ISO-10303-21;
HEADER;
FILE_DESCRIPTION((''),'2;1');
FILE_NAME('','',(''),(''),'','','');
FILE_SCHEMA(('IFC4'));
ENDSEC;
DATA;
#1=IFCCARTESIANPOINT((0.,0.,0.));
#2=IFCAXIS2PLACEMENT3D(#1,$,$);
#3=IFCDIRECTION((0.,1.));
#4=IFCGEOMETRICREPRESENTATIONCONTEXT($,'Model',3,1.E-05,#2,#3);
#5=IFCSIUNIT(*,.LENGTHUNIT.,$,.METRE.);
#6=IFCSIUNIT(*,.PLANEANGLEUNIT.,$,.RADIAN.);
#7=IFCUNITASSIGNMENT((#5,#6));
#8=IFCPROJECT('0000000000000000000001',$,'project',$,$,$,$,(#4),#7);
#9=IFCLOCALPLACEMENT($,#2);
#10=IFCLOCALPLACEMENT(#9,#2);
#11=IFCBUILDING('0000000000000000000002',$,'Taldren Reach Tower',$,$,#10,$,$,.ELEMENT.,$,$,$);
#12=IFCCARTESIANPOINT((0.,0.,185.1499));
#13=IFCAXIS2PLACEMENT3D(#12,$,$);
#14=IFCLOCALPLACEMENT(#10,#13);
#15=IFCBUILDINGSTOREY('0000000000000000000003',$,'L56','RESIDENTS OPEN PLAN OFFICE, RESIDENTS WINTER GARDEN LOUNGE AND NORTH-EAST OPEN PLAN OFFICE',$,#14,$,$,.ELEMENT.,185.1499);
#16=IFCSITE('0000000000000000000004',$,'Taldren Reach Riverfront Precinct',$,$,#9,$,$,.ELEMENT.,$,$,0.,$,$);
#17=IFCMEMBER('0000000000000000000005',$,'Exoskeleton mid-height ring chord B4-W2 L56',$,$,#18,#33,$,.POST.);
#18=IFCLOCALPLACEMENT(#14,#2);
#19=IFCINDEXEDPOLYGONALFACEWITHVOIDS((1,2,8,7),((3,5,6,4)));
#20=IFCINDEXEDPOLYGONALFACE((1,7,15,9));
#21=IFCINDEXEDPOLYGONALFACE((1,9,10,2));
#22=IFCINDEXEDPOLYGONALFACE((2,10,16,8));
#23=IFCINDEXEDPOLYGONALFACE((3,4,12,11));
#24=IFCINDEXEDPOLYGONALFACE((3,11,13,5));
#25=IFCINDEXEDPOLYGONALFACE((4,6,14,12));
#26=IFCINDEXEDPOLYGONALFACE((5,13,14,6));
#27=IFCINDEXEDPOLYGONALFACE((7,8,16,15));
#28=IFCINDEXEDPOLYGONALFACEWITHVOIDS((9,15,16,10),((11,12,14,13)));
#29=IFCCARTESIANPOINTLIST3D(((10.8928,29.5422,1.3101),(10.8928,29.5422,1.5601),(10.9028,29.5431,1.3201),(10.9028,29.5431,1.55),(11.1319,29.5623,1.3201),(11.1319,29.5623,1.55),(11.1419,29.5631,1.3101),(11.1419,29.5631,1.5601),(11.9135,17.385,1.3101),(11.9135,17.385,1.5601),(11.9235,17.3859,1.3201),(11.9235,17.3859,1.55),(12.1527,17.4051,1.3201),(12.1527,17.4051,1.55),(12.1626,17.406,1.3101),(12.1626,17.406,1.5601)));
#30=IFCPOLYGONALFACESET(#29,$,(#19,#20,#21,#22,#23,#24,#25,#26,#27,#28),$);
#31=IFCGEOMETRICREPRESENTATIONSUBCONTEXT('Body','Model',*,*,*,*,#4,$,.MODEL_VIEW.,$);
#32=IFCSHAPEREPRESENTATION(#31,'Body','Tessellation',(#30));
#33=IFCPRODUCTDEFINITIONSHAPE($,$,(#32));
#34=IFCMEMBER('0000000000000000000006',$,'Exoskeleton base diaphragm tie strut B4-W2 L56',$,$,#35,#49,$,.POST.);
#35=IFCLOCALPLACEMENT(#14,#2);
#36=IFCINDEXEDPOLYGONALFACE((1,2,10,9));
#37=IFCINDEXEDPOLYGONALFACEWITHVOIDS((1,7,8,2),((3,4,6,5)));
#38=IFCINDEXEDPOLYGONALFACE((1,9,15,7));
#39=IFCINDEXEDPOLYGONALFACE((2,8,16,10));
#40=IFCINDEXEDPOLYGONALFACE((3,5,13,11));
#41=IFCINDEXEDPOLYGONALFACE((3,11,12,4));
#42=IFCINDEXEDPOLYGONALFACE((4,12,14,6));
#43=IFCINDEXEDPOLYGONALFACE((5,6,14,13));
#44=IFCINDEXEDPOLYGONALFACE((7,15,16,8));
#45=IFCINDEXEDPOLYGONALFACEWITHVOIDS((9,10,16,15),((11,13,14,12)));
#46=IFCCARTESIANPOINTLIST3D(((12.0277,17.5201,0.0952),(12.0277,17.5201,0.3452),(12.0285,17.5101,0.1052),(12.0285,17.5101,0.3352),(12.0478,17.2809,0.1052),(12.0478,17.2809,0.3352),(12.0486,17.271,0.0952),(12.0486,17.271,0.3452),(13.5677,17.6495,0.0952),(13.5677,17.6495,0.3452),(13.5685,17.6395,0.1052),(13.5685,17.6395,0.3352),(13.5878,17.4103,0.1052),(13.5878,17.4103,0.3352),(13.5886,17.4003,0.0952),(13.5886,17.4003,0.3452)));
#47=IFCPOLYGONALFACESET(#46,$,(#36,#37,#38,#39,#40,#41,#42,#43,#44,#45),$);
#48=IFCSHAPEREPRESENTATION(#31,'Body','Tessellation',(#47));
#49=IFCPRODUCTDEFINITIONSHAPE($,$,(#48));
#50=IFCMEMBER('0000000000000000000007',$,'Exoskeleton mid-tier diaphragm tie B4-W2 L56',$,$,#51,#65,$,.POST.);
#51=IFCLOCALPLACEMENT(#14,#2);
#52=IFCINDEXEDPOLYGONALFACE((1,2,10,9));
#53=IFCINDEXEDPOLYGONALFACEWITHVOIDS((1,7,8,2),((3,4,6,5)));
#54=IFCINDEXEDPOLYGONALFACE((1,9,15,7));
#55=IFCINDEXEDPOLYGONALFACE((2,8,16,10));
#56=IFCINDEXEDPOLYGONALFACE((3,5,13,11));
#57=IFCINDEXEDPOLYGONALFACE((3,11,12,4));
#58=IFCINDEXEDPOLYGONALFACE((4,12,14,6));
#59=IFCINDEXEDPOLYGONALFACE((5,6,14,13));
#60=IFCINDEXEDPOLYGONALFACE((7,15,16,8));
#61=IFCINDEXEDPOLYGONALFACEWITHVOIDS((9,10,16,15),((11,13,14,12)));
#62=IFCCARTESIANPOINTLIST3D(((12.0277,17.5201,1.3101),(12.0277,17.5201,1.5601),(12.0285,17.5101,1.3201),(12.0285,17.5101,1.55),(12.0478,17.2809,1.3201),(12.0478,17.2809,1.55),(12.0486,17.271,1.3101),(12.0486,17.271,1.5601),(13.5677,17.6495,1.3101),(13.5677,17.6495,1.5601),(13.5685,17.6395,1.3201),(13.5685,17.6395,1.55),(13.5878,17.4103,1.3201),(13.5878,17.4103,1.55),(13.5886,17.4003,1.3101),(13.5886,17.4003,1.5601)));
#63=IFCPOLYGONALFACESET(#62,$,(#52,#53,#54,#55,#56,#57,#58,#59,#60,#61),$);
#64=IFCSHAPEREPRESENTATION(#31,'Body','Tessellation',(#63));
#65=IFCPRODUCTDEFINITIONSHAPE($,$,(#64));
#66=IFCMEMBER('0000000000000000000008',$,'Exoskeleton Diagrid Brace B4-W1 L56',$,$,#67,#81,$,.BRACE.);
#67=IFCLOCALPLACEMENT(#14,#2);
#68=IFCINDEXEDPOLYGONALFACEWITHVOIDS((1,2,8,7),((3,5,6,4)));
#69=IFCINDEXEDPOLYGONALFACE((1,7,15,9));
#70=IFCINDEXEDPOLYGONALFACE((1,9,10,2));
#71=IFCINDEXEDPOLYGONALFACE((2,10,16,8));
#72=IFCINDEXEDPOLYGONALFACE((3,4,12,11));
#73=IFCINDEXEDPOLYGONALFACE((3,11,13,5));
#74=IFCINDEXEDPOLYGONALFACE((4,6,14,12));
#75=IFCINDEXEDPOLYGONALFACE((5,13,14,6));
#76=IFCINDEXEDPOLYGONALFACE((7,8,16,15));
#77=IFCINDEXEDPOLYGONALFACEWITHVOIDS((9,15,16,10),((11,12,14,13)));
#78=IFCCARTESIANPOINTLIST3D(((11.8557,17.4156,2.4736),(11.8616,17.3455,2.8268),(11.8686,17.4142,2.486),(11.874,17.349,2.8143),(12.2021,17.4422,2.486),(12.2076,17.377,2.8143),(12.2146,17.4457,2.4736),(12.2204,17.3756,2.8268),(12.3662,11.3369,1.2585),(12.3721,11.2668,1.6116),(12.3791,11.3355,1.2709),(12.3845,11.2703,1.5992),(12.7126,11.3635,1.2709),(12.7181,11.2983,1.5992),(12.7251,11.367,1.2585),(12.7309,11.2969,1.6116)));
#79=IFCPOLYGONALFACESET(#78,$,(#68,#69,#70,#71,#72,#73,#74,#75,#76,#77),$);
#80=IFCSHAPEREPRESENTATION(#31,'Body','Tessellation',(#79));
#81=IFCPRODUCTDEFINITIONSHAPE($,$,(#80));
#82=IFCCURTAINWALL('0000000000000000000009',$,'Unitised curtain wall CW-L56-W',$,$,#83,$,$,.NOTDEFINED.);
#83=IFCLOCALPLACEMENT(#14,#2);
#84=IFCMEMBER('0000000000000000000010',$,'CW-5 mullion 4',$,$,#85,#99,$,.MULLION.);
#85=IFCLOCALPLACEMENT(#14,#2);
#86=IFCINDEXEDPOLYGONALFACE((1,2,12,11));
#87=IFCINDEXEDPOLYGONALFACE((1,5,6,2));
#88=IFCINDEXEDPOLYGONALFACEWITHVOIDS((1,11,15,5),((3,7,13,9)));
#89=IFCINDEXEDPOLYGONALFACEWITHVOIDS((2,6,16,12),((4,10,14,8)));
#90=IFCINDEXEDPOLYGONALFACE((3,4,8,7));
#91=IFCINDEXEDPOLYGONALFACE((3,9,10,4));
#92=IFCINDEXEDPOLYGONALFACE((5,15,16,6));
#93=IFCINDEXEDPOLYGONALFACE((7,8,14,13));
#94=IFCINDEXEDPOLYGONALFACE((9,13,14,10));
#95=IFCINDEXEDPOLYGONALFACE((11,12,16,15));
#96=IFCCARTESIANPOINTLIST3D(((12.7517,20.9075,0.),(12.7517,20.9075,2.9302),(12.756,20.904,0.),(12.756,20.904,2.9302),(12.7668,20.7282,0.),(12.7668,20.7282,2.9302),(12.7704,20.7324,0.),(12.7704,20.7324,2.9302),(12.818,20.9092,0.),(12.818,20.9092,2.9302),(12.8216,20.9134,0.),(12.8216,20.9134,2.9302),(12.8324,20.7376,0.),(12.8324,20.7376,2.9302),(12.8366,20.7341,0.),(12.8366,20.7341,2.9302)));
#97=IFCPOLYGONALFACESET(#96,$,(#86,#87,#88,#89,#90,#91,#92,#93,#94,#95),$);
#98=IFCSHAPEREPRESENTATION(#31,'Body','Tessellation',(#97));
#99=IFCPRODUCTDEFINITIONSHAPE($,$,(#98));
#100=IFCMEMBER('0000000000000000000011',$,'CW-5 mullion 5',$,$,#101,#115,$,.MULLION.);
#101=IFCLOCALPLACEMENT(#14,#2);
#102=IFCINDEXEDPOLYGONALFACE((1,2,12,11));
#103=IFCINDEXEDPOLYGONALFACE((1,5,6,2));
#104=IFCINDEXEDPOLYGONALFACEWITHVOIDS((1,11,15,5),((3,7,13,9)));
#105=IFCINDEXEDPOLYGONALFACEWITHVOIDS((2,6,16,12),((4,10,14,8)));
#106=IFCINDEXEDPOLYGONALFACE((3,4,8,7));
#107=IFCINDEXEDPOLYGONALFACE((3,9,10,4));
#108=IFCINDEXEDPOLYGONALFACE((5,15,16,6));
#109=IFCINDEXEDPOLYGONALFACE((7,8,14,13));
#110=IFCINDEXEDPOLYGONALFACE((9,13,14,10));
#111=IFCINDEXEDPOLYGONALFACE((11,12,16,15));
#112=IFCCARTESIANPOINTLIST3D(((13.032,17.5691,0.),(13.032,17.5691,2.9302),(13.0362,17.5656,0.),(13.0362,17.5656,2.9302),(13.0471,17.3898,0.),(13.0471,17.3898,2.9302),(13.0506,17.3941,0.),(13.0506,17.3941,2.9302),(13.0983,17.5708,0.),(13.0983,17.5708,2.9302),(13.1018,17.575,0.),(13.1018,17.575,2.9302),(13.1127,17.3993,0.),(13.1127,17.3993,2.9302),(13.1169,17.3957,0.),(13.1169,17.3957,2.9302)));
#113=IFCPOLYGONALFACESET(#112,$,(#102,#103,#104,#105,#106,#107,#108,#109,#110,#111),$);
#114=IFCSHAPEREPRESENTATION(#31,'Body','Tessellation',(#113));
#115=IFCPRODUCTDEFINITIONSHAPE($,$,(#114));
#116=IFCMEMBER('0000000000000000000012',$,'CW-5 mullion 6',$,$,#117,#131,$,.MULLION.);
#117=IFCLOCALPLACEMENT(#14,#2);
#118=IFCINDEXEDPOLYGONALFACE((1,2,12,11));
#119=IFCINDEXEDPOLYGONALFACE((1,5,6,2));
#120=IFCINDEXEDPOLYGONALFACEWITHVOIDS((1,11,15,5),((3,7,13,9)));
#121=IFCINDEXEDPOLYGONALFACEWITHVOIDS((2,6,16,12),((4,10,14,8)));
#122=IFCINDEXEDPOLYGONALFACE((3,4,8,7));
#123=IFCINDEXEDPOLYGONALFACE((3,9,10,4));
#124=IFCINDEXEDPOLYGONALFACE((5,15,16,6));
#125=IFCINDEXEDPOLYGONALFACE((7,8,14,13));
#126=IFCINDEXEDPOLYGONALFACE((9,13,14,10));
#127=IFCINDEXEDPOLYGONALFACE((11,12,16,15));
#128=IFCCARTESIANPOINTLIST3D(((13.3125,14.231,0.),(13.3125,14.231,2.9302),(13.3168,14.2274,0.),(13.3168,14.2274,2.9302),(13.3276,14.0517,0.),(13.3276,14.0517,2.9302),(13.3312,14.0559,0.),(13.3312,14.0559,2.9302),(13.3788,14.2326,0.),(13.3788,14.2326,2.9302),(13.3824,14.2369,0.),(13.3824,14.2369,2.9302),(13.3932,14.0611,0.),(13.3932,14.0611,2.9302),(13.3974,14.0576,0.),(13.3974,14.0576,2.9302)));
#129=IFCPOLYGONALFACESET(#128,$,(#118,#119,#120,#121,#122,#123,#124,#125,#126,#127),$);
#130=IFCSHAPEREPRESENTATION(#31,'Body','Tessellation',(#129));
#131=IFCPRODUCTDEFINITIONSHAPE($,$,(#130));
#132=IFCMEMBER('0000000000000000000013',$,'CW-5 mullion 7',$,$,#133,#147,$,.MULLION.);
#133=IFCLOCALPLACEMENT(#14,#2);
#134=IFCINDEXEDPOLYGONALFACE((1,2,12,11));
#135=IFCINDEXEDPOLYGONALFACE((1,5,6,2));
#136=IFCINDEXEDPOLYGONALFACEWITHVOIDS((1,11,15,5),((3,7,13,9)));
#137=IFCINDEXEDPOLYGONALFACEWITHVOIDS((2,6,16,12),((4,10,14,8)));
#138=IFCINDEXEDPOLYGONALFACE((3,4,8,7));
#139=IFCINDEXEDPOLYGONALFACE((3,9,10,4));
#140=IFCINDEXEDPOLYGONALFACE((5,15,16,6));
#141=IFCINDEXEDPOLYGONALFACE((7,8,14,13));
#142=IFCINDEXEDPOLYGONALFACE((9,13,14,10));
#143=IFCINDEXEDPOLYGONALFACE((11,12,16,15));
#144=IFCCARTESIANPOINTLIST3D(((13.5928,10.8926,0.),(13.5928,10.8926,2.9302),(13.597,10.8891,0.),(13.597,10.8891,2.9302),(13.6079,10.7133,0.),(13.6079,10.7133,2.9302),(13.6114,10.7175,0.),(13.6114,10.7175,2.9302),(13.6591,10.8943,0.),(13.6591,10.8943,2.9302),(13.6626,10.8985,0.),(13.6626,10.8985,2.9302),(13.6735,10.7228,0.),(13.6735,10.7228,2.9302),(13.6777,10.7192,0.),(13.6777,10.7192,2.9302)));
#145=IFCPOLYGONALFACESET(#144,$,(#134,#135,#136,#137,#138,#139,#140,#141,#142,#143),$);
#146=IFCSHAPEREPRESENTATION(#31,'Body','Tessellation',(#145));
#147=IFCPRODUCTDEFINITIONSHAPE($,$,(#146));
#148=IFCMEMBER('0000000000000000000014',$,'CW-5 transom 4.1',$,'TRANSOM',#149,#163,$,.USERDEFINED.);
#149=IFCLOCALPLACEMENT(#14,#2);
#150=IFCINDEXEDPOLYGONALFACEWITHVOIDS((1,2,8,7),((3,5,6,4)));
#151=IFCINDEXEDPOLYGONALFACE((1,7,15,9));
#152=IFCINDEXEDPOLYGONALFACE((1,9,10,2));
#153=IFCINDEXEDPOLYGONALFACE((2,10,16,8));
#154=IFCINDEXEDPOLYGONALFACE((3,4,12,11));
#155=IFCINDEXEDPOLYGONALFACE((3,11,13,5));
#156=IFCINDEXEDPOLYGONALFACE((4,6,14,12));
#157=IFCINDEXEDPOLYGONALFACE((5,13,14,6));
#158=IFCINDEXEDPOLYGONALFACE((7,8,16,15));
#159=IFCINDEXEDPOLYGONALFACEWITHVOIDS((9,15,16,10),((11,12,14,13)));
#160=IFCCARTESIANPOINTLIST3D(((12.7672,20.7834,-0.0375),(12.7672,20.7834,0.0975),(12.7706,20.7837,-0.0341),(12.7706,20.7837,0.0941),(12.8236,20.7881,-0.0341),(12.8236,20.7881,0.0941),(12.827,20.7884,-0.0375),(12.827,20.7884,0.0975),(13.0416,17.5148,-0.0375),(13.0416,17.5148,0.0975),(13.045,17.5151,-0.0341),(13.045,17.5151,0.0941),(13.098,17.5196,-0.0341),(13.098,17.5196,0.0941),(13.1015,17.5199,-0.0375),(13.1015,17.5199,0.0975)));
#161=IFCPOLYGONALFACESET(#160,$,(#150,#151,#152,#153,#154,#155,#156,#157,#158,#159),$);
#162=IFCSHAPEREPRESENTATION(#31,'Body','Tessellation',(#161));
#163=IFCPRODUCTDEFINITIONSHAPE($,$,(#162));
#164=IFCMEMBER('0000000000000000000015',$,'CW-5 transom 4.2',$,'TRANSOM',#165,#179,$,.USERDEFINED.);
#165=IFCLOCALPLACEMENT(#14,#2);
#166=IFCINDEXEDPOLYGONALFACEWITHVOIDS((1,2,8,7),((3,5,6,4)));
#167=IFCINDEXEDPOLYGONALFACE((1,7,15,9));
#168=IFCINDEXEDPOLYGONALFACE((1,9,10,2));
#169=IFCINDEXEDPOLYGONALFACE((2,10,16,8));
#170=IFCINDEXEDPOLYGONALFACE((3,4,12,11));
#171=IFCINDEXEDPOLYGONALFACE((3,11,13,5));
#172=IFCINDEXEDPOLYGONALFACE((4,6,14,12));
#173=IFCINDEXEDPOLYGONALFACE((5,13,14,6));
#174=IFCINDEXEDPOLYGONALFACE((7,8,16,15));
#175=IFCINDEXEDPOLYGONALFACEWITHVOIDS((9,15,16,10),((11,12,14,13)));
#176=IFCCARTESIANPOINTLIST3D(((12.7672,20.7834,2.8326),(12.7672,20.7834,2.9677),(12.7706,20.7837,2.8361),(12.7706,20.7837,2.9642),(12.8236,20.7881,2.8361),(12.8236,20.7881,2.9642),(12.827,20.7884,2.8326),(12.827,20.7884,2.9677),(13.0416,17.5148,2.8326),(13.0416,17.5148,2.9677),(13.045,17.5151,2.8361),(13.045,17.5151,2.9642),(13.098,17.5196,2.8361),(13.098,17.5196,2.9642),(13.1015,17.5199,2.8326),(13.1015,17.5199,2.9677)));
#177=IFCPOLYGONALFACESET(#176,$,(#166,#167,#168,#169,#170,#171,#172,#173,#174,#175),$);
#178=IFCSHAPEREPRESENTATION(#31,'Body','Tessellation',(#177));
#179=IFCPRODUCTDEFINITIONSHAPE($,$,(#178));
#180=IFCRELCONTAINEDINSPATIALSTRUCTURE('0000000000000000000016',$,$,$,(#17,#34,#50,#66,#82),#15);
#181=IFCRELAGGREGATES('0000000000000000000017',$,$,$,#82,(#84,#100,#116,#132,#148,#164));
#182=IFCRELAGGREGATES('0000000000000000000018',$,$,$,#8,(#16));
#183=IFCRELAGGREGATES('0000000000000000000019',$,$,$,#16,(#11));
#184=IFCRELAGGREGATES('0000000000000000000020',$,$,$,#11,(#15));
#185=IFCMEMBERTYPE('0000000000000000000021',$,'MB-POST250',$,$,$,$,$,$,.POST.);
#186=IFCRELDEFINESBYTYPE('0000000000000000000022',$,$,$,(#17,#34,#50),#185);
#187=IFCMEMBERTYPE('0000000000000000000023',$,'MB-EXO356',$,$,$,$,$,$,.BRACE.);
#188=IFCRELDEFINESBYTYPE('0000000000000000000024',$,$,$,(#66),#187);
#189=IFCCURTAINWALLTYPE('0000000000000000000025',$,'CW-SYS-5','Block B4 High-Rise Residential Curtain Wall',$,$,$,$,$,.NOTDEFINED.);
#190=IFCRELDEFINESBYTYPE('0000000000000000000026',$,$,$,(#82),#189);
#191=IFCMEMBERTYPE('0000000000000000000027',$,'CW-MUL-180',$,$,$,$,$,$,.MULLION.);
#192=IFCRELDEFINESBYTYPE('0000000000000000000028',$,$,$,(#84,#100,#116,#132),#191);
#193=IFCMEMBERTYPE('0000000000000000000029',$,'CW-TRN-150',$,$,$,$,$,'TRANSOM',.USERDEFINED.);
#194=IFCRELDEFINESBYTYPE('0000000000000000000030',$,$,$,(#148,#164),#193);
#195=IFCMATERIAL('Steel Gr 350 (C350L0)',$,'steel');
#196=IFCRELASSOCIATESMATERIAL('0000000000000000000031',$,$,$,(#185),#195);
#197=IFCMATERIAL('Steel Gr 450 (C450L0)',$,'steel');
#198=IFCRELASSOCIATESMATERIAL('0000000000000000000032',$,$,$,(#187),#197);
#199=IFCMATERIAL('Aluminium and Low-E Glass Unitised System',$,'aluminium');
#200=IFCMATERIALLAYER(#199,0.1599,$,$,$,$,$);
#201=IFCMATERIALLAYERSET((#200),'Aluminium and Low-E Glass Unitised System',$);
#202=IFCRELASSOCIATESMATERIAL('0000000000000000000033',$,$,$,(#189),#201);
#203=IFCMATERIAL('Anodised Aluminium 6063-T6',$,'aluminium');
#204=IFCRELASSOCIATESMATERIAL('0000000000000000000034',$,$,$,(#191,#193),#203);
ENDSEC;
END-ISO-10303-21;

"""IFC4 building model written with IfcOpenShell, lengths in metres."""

from ifc_helpers import new_model, si_unit, direction, frame, origin, origin_2d, place, context, subcontext, project, spatial, hollow_rectangle, extrude, source, transform, mapped, material, layer, layer_set, material_profile, profile_set, type_object, element, aggregate, save


model = new_model("IFC4")

# Units and contexts
model_context = context("Model", 3, precision=1e-05, world=origin(), true_north=direction((0.0, 1.0)))
body_context = subcontext(model_context, "Body", "Model", "MODEL_VIEW")
ifc_project = project(units=[si_unit("LENGTHUNIT", "METRE"), si_unit("PLANEANGLEUNIT", "RADIAN")], contexts=[model_context])

# Site, building, storey
site_placement = place(None, origin())
site = spatial("IfcSite", under=ifc_project, at=site_placement, Name="Taldren Reach Riverfront Precinct", CompositionType="ELEMENT", RefElevation=0.0)
building_placement = place(site_placement, origin())
building = spatial("IfcBuilding", under=site, at=building_placement, Name="Taldren Reach Tower", CompositionType="ELEMENT")
storey_placement = place(building_placement, frame((0.0, 0.0, 185.1499)))
storey = spatial("IfcBuildingStorey", under=building, at=storey_placement, Name="L56", Description="RESIDENTS OPEN PLAN OFFICE, RESIDENTS WINTER GARDEN LOUNGE AND NORTH-EAST OPEN PLAN OFFICE", CompositionType="ELEMENT", Elevation=185.1499)

# Shared definitions
ifc_material_1 = material(Name="Steel Gr 450 (C450L0)", Category="steel")

# Members
ifc_material_2 = material(Name="Steel Gr 350 (C350L0)", Category="steel")
ifc_material_profile_1 = material_profile(ifc_material_2, hollow_rectangle(XDim=0.25, YDim=0.25, WallThickness=0.01, at=origin_2d()), Name="250x250x10.0SHS")
ifc_profile_set_1 = profile_set([ifc_material_profile_1], Name="Steel Gr 350 (C350L0)")
member_type_1 = type_object("IfcMemberType", Name="MB-POST250", PredefinedType="POST", material=ifc_profile_set_1)
shared_shape_1 = source(origin(), body_context, "Body", "SweptSolid", [
    extrude(hollow_rectangle(XDim=0.25, YDim=0.25, WallThickness=0.01, at=origin_2d()), origin(), (0.0, 0.0, 1.0), 12.2),
])
member_1_placement = place(storey_placement, frame((12.0381, 17.3955, 1.4351), z_axis=(-0.083668, 0.996494, 0.0), x_axis=(-0.996494, -0.083668, 0.0)))
element("IfcMember", 1, at=member_1_placement, inside=storey, type_object=member_type_1, Name="Exoskeleton mid-height ring chord B4-W2 L56", PredefinedType="POST", context=body_context, shape_type="MappedRepresentation", body=[
    mapped(shared_shape_1, transform((0.0, 0.0, 0.0), scale=1.0)),
])
shared_shape_2 = source(origin(), body_context, "Body", "SweptSolid", [
    extrude(hollow_rectangle(XDim=0.25, YDim=0.25, WallThickness=0.01, at=origin_2d()), origin(), (0.0, 0.0, 1.0), 1.5454),
])
for number, where, z_axis, x_axis, name in (
    (2, (13.5781, 17.5249, 0.2202), (-0.996489, -0.083725, 0.0), (0.083725, -0.996489, 0.0), "Exoskeleton base diaphragm tie strut B4-W2 L56"),
    (3, (13.5781, 17.5249, 1.4351), (-0.996489, -0.083725, 0.0), (0.083725, -0.996489, 0.0), "Exoskeleton mid-tier diaphragm tie B4-W2 L56"),
):
    element("IfcMember", number, at=place(storey_placement, frame(where, z_axis=z_axis, x_axis=x_axis)), inside=storey, type_object=member_type_1, Name=name, PredefinedType="POST", context=body_context, shape_type="MappedRepresentation", body=[
        mapped(shared_shape_2, transform((0.0, 0.0, 0.0), scale=1.0)),
    ])
ifc_material_profile_2 = material_profile(ifc_material_1, hollow_rectangle(XDim=0.3601, YDim=0.3601, WallThickness=0.0127, at=origin_2d()), Name="360x360x12.7SHS")
ifc_profile_set_2 = profile_set([ifc_material_profile_2], Name="Steel Gr 450 (C450L0)")
member_type_2 = type_object("IfcMemberType", Name="MB-EXO356", PredefinedType="BRACE", material=ifc_profile_set_2)
shared_shape_3 = source(origin(), body_context, "Body", "SweptSolid", [
    extrude(hollow_rectangle(XDim=0.3601, YDim=0.3601, WallThickness=0.0127, at=origin_2d()), origin(), (0.0, 0.0, 1.0), 6.22),
])
member_2_placement = place(storey_placement, frame((12.5486, 11.3169, 1.4351), z_axis=(-0.082076, 0.977292, 0.195356), x_axis=(-0.996492, -0.083688, 0.0)))
element("IfcMember", 4, at=member_2_placement, inside=storey, type_object=member_type_2, Name="Exoskeleton Diagrid Brace B4-W1 L56", PredefinedType="BRACE", context=body_context, shape_type="MappedRepresentation", body=[
    mapped(shared_shape_3, transform((0.0, 0.0, 0.0), scale=1.0)),
])

# Curtain wall, members
ifc_material_3 = material(Name="Aluminium and Low-E Glass Unitised System", Category="aluminium")
ifc_layer_1 = layer(ifc_material_3, 0.1599)
ifc_layer_set_1 = layer_set([ifc_layer_1], Name="Aluminium and Low-E Glass Unitised System")
curtain_wall_type = type_object("IfcCurtainWallType", Name="CW-SYS-5", Description="Block B4 High-Rise Residential Curtain Wall", PredefinedType="NOTDEFINED", material=ifc_layer_set_1)
curtain_wall_placement = place(storey_placement, origin())
curtain_wall = element("IfcCurtainWall", 5, at=curtain_wall_placement, inside=storey, type_object=curtain_wall_type, Name="Unitised curtain wall CW-L56-W", PredefinedType="NOTDEFINED")
ifc_material_4 = material(Name="Anodised Aluminium 6063-T6", Category="aluminium")
ifc_material_profile_3 = material_profile(ifc_material_4, hollow_rectangle(XDim=0.0701, YDim=0.1799, WallThickness=0.0039, at=origin_2d()), Name="ALU-180x70x4RHS")
ifc_profile_set_3 = profile_set([ifc_material_profile_3], Name="Anodised Aluminium 6063-T6")
member_type_3 = type_object("IfcMemberType", Name="CW-MUL-180", PredefinedType="MULLION", material=ifc_profile_set_3)
shared_shape_4 = source(origin(), body_context, "Body", "SweptSolid", [
    extrude(hollow_rectangle(XDim=0.0701, YDim=0.1799, WallThickness=0.0039, at=origin_2d()), origin(), (0.0, 0.0, 1.0), 2.9302),
])
member_3_placement = place(storey_placement, frame((12.7942, 20.8208, 0.0), z_axis=(0.0, 0.0, 1.0), x_axis=(0.996493, 0.083678, 0.0)))
member_3 = element("IfcMember", 6, at=member_3_placement, type_object=member_type_3, Name="CW-5 mullion 4", PredefinedType="MULLION", context=body_context, shape_type="MappedRepresentation", body=[
    mapped(shared_shape_4, transform((0.0, 0.0, 0.0), scale=1.0)),
])
member_4_placement = place(storey_placement, frame((13.0745, 17.4824, 0.0), z_axis=(0.0, 0.0, 1.0), x_axis=(0.996493, 0.083678, 0.0)))
member_4 = element("IfcMember", 7, at=member_4_placement, type_object=member_type_3, Name="CW-5 mullion 5", PredefinedType="MULLION", context=body_context, shape_type="MappedRepresentation", body=[
    mapped(shared_shape_4, transform((0.0, 0.0, 0.0), scale=1.0)),
])
member_5_placement = place(storey_placement, frame((13.355, 14.1443, 0.0), z_axis=(0.0, 0.0, 1.0), x_axis=(0.996493, 0.083678, 0.0)))
member_5 = element("IfcMember", 8, at=member_5_placement, type_object=member_type_3, Name="CW-5 mullion 6", PredefinedType="MULLION", context=body_context, shape_type="MappedRepresentation", body=[
    mapped(shared_shape_4, transform((0.0, 0.0, 0.0), scale=1.0)),
])
member_6_placement = place(storey_placement, frame((13.6353, 10.8059, 0.0), z_axis=(0.0, 0.0, 1.0), x_axis=(0.996493, 0.083678, 0.0)))
member_6 = element("IfcMember", 9, at=member_6_placement, type_object=member_type_3, Name="CW-5 mullion 7", PredefinedType="MULLION", context=body_context, shape_type="MappedRepresentation", body=[
    mapped(shared_shape_4, transform((0.0, 0.0, 0.0), scale=1.0)),
])
ifc_material_profile_4 = material_profile(ifc_material_4, hollow_rectangle(XDim=0.0601, YDim=0.135, WallThickness=0.0034, at=origin_2d()), Name="ALU-135x60x3.5RHS")
ifc_profile_set_4 = profile_set([ifc_material_profile_4], Name="Anodised Aluminium 6063-T6")
member_type_4 = type_object("IfcMemberType", Name="CW-TRN-150", ElementType="TRANSOM", PredefinedType="USERDEFINED", material=ifc_profile_set_4)
shared_shape_5 = source(origin(), body_context, "Body", "SweptSolid", [
    extrude(hollow_rectangle(XDim=0.0601, YDim=0.135, WallThickness=0.0034, at=origin_2d()), origin(), (0.0, 0.0, 1.0), 3.28),
])
member_7_placement = place(storey_placement, frame((12.7971, 20.7859, 0.03), z_axis=(0.083661, -0.996494, 0.0), x_axis=(0.996494, 0.083661, 0.0)))
member_7 = element("IfcMember", 10, at=member_7_placement, type_object=member_type_4, Name="CW-5 transom 4.1", ObjectType="TRANSOM", PredefinedType="USERDEFINED", context=body_context, shape_type="MappedRepresentation", body=[
    mapped(shared_shape_5, transform((0.0, 0.0, 0.0), scale=1.0)),
])
member_8_placement = place(storey_placement, frame((12.7971, 20.7859, 2.9001), z_axis=(0.083661, -0.996494, 0.0), x_axis=(0.996494, 0.083661, 0.0)))
member_8 = element("IfcMember", 11, at=member_8_placement, type_object=member_type_4, Name="CW-5 transom 4.2", ObjectType="TRANSOM", PredefinedType="USERDEFINED", context=body_context, shape_type="MappedRepresentation", body=[
    mapped(shared_shape_5, transform((0.0, 0.0, 0.0), scale=1.0)),
])

aggregate(curtain_wall, [member_3, member_4, member_5, member_6, member_7, member_8])

save(model, "model.ifc")
